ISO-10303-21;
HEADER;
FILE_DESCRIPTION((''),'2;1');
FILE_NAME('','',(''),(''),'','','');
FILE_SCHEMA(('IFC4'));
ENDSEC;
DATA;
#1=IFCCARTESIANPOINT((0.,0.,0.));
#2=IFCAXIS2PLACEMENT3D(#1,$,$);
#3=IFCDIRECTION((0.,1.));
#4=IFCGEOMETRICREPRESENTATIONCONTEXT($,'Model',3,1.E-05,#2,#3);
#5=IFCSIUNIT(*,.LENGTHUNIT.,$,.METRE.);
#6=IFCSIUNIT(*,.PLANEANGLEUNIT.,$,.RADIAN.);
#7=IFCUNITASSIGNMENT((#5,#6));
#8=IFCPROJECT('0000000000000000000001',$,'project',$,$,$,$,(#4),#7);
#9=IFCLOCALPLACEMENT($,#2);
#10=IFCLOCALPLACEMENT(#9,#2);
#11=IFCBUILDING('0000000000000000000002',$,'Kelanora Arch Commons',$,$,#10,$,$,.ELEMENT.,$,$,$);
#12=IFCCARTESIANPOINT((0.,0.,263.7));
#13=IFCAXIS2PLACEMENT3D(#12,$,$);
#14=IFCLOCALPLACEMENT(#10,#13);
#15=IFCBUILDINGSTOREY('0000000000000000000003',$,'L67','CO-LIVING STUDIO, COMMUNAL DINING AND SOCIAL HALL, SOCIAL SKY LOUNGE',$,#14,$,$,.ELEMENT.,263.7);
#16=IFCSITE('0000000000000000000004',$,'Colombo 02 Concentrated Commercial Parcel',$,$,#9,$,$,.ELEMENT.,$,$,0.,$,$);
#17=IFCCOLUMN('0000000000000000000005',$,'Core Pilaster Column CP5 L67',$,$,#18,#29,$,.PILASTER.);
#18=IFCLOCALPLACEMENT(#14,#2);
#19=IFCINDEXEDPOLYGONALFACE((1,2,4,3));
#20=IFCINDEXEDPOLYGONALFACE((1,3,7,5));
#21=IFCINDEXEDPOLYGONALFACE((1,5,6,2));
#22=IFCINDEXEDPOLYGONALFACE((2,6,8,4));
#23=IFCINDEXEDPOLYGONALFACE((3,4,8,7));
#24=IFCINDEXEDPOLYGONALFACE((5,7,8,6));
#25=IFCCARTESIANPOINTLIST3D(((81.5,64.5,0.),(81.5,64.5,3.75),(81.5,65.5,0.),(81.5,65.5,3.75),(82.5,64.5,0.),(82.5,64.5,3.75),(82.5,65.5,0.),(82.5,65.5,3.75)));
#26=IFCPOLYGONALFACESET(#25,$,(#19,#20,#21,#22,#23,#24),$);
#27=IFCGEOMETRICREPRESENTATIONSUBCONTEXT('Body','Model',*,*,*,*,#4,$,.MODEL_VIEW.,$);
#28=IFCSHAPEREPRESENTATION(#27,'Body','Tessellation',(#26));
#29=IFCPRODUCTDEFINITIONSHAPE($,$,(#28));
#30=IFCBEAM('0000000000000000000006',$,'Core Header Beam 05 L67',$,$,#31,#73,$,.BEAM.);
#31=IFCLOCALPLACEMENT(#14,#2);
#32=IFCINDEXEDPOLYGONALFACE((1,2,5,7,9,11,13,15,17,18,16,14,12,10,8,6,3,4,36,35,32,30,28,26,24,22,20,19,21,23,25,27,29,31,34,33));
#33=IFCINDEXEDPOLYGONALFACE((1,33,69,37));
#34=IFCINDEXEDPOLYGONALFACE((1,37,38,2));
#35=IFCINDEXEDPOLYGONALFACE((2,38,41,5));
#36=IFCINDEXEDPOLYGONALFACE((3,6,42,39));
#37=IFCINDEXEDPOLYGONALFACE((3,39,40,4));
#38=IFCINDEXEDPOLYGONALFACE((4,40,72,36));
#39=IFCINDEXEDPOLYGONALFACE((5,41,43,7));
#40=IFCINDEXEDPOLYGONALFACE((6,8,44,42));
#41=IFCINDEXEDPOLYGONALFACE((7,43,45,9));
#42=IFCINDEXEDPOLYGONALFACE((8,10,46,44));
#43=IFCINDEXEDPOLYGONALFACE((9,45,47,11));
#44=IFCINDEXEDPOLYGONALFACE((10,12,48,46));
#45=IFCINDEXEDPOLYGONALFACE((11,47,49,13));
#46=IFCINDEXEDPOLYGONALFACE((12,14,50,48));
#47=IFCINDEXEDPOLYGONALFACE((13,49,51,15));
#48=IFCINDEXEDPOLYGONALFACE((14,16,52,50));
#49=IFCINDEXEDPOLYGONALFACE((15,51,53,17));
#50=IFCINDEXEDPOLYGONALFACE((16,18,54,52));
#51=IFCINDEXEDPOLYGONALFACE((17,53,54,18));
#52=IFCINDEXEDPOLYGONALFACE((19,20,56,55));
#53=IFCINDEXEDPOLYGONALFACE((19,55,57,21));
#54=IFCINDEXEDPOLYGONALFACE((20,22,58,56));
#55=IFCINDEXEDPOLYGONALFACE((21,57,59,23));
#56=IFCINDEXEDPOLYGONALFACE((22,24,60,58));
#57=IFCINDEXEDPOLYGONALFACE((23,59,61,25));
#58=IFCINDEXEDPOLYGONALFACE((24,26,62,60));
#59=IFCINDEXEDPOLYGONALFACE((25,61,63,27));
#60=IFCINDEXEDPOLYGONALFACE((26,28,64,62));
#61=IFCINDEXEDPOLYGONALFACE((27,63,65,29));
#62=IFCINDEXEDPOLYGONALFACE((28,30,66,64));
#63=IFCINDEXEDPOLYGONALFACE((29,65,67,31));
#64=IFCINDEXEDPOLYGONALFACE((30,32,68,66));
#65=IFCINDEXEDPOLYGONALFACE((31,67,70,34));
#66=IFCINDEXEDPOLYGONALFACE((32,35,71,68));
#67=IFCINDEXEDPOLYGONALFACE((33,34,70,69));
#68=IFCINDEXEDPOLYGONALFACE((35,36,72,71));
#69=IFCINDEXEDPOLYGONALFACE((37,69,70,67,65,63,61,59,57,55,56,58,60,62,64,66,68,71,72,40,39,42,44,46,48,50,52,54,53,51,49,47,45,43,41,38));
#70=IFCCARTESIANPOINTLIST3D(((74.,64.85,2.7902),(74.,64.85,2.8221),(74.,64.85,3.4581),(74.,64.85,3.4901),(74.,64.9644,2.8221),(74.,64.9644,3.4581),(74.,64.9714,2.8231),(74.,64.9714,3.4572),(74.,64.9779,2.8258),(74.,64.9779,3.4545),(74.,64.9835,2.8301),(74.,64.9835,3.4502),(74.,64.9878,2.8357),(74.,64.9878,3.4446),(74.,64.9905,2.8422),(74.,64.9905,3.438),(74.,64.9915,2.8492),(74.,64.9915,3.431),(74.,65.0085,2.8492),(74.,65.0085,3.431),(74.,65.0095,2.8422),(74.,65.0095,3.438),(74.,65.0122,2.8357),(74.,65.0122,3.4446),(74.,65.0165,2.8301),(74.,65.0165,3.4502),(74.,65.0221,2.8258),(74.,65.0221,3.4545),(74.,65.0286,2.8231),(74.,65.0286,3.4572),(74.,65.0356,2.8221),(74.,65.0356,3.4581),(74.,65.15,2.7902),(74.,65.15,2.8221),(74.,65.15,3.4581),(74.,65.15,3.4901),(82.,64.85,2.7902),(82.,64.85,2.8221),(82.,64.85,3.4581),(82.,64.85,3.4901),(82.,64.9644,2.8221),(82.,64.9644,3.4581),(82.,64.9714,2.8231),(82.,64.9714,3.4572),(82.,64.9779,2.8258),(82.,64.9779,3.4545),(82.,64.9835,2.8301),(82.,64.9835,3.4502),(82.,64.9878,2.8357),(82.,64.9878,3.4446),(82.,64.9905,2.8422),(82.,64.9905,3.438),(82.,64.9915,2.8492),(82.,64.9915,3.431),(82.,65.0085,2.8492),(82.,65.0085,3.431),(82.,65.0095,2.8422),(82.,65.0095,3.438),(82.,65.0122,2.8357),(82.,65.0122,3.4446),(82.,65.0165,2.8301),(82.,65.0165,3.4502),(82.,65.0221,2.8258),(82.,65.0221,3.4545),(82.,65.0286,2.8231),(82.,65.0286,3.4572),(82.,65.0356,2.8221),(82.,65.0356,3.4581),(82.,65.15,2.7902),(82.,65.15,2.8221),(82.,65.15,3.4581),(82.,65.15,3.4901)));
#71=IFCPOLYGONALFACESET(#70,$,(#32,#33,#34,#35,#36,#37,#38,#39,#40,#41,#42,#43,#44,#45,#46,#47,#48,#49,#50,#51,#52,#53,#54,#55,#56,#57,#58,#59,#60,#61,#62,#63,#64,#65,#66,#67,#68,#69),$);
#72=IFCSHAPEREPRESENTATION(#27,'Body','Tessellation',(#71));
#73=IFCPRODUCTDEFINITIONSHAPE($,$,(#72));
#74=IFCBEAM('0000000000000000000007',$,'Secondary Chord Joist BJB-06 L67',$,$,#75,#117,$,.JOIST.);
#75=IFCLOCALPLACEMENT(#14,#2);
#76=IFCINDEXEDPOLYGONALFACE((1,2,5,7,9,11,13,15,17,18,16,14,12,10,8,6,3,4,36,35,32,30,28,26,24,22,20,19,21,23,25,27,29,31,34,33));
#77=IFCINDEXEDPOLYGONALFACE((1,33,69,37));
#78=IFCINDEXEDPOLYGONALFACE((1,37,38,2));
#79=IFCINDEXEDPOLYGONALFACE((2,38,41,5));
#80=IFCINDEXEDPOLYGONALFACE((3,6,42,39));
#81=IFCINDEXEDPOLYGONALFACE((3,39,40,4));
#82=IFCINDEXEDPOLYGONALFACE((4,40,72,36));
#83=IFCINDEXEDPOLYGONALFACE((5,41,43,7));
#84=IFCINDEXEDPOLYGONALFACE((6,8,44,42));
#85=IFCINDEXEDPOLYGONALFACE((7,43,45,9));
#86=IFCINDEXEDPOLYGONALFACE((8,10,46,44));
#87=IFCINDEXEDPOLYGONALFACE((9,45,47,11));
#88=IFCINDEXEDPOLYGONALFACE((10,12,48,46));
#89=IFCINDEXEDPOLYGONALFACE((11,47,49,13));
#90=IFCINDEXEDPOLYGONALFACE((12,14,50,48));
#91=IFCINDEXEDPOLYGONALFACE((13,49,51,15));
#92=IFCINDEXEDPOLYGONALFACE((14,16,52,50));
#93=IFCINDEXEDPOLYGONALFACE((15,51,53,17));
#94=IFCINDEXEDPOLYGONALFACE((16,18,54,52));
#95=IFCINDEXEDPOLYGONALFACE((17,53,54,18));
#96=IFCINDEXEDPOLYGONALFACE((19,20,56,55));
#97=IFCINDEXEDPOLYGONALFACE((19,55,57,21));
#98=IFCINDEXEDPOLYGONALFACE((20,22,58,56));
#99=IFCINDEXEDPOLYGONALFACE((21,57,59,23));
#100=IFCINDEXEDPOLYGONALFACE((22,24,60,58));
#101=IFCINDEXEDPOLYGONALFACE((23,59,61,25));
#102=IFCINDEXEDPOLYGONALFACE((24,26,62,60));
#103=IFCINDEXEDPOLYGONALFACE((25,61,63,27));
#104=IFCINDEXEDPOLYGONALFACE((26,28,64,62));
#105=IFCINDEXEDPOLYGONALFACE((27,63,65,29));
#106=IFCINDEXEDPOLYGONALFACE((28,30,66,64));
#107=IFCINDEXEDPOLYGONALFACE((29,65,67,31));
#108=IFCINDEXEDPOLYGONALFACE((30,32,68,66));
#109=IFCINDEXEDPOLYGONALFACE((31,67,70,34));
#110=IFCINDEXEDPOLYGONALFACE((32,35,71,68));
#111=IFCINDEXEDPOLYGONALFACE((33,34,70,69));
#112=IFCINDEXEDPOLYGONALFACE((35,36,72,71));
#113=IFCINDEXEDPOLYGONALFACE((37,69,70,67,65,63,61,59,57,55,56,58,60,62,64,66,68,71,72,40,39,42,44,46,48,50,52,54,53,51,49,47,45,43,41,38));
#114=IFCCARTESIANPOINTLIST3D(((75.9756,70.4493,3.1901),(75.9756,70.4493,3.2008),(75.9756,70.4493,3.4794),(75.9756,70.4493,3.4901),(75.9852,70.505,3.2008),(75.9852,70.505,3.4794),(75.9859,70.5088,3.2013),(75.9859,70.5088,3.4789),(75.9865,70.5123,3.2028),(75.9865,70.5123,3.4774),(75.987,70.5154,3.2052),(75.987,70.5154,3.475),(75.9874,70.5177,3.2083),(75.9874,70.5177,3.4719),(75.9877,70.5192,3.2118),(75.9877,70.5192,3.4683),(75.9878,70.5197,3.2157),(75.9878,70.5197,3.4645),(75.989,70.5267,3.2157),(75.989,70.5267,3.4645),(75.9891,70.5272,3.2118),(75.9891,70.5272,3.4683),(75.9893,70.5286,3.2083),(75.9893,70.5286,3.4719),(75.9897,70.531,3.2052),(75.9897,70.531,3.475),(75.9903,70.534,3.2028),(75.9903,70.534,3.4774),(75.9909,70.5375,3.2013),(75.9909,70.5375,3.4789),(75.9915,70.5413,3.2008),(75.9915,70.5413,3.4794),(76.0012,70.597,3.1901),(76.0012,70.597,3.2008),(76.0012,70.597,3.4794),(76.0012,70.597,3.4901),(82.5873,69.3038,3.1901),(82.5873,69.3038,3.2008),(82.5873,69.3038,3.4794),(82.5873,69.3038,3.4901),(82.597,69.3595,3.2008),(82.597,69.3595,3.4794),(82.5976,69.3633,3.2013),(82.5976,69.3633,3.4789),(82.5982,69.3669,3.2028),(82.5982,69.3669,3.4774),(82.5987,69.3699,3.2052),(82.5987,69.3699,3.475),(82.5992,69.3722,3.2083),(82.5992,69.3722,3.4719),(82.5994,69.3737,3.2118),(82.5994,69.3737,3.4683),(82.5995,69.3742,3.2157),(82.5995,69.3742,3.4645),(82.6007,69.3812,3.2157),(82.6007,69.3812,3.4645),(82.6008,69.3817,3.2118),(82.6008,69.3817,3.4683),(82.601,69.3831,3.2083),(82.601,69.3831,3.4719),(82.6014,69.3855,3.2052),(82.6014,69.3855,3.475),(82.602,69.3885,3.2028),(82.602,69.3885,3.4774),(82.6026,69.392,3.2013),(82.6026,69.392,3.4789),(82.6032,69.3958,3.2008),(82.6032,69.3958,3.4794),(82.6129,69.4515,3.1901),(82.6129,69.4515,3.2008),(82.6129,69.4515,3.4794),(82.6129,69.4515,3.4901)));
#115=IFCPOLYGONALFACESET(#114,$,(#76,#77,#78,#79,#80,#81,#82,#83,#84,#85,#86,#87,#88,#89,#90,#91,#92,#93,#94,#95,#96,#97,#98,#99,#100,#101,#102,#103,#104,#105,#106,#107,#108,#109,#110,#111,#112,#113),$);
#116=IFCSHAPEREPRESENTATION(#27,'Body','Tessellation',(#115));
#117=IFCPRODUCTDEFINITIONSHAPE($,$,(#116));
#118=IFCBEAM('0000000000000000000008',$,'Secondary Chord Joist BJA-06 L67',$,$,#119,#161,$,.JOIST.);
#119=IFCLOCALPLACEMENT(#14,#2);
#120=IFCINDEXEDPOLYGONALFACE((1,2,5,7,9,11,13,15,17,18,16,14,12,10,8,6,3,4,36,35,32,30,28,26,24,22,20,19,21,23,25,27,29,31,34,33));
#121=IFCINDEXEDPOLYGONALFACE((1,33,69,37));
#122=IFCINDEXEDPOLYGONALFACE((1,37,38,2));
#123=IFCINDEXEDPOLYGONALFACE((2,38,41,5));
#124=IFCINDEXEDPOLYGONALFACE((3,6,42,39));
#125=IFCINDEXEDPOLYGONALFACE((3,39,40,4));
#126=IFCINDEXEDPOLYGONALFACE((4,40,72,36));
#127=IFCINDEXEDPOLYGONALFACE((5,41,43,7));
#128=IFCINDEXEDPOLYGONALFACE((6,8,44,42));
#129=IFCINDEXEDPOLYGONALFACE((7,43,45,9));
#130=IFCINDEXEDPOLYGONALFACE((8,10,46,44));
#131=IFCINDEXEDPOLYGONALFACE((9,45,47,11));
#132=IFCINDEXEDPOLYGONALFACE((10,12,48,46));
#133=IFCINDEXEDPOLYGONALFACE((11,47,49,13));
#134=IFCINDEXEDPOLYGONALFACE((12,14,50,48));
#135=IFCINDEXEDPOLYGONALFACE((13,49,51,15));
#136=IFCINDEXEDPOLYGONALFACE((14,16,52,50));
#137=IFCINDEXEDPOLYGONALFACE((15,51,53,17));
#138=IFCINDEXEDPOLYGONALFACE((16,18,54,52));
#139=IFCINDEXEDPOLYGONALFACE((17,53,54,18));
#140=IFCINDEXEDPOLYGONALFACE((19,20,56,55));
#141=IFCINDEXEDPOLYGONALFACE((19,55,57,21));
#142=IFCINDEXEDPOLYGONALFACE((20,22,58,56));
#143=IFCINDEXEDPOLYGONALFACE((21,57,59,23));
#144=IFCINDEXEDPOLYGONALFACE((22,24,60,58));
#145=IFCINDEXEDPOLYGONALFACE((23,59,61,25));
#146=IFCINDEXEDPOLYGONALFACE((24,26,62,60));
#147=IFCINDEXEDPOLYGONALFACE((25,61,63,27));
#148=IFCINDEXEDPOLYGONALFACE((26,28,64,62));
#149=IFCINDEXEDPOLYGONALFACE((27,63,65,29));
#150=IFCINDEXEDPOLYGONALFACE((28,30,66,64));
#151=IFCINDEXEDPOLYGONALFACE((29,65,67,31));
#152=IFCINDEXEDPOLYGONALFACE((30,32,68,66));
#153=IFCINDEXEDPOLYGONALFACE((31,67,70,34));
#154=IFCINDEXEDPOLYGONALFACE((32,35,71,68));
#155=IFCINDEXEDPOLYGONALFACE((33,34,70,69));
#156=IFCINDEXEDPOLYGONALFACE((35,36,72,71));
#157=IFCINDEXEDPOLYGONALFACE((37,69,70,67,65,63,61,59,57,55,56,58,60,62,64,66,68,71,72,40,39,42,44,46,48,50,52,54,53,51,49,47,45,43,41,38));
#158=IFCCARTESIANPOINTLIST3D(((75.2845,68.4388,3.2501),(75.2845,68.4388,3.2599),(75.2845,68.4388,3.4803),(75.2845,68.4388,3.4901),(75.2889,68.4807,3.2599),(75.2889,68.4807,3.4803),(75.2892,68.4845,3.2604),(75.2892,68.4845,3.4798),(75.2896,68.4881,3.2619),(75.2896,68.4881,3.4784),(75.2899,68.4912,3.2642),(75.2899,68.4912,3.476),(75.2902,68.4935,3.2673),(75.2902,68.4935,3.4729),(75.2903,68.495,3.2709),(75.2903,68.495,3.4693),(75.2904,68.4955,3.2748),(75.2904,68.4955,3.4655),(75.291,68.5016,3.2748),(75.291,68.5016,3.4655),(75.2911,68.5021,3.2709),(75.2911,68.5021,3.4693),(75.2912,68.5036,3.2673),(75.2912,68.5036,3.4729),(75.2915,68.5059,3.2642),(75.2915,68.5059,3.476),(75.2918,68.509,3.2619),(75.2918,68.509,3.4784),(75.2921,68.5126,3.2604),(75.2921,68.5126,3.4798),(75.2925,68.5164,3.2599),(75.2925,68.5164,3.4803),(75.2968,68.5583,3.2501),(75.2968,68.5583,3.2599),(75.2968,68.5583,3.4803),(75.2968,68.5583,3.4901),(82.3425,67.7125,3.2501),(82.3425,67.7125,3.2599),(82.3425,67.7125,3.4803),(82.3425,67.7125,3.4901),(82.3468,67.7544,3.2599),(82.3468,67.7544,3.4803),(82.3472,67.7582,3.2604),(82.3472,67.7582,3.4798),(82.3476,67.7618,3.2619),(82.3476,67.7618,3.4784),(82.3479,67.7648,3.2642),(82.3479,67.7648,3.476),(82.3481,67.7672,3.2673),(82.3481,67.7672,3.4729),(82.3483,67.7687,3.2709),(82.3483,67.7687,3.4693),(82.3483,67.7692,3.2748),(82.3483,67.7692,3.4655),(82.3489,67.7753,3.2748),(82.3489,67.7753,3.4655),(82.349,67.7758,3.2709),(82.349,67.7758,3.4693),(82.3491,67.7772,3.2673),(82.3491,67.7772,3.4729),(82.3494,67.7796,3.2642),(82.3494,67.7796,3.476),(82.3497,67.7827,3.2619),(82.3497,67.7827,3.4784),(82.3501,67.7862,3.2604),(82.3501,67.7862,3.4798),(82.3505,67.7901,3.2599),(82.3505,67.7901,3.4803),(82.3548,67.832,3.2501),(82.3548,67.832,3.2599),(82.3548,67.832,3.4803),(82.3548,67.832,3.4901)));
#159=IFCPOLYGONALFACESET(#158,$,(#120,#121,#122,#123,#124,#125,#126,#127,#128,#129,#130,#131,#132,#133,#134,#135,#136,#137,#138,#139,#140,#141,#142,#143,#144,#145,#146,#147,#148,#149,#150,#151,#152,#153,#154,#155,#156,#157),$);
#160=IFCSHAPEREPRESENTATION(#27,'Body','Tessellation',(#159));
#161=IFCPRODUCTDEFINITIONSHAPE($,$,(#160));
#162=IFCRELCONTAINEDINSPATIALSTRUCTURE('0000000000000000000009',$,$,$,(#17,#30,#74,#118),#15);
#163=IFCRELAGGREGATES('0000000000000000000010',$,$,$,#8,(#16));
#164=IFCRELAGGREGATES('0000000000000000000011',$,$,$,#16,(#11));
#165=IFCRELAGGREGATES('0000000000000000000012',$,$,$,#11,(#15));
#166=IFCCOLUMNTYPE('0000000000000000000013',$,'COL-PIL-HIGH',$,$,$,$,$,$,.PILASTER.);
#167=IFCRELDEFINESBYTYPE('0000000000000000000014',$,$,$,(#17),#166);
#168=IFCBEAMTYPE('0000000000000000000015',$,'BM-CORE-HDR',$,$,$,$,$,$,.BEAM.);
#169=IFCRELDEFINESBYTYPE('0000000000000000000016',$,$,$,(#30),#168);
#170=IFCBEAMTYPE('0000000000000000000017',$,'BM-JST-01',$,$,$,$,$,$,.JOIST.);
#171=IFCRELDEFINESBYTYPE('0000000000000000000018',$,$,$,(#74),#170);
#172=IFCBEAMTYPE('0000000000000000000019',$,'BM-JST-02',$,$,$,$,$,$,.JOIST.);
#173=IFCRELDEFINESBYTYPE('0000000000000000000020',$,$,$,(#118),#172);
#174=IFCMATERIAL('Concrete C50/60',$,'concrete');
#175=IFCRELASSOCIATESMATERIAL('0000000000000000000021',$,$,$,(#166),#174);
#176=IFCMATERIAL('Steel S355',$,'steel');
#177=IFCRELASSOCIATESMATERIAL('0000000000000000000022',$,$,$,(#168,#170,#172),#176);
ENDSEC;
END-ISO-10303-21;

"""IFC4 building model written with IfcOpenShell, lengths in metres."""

from ifc_helpers import new_model, si_unit, direction, frame, origin, origin_2d, place, context, subcontext, project, spatial, rectangle, i_section, extrude, material, material_profile, profile_set, type_object, element, save


model = new_model("IFC4")

# Units and contexts
model_context = context("Model", 3, precision=1e-05, world=origin(), true_north=direction((0.0, 1.0)))
body_context = subcontext(model_context, "Body", "Model", "MODEL_VIEW")
ifc_project = project(units=[si_unit("LENGTHUNIT", "METRE"), si_unit("PLANEANGLEUNIT", "RADIAN")], contexts=[model_context])

# Site, building, storey
site_placement = place(None, origin())
site = spatial("IfcSite", under=ifc_project, at=site_placement, Name="Colombo 02 Concentrated Commercial Parcel", CompositionType="ELEMENT", RefElevation=0.0)
building_placement = place(site_placement, origin())
building = spatial("IfcBuilding", under=site, at=building_placement, Name="Kelanora Arch Commons", CompositionType="ELEMENT")
storey_placement = place(building_placement, frame((0.0, 0.0, 263.7)))
storey = spatial("IfcBuildingStorey", under=building, at=storey_placement, Name="L67", Description="CO-LIVING STUDIO, COMMUNAL DINING AND SOCIAL HALL, SOCIAL SKY LOUNGE", CompositionType="ELEMENT", Elevation=263.7)

# Column
ifc_material_1 = material(Name="Concrete C50/60", Category="concrete")
ifc_material_profile_1 = material_profile(ifc_material_1, rectangle(XDim=1.0, YDim=1.0, at=origin_2d()), Name="RC1000x1000")
ifc_profile_set_1 = profile_set([ifc_material_profile_1], Name="Concrete C50/60")
column_type = type_object("IfcColumnType", Name="COL-PIL-HIGH", PredefinedType="PILASTER", material=ifc_profile_set_1)
column_placement = place(storey_placement, frame((82.0, 65.0, 0.0), z_axis=(0.0, 0.0, 1.0), x_axis=(1.0, 0.0, 0.0)))
element("IfcColumn", 1, at=column_placement, inside=storey, type_object=column_type, Name="Core Pilaster Column CP5 L67", PredefinedType="PILASTER", context=body_context, shape_type="SweptSolid", body=[
    extrude(rectangle(XDim=1.0, YDim=1.0, at=origin_2d()), origin(), (0.0, 0.0, 1.0), 3.75),
])

# Beams
ifc_material_2 = material(Name="Steel S355", Category="steel")
ifc_material_profile_2 = material_profile(ifc_material_2, i_section(OverallWidth=0.3, OverallDepth=0.7, WebThickness=0.0171, FlangeThickness=0.032, FilletRadius=0.0271, at=origin_2d()), Name="HEB700")
ifc_profile_set_2 = profile_set([ifc_material_profile_2], Name="Steel S355")
beam_type_1 = type_object("IfcBeamType", Name="BM-CORE-HDR", PredefinedType="BEAM", material=ifc_profile_set_2)
beam_1_placement = place(storey_placement, frame((82.0, 65.0, 3.1401), z_axis=(-1.0, 0.0, 0.0), x_axis=(0.0, -1.0, 0.0)))
element("IfcBeam", 2, at=beam_1_placement, inside=storey, type_object=beam_type_1, Name="Core Header Beam 05 L67", PredefinedType="BEAM", context=body_context, shape_type="SweptSolid", body=[
    extrude(i_section(OverallWidth=0.3, OverallDepth=0.7, WebThickness=0.0171, FlangeThickness=0.032, FilletRadius=0.0271, at=origin_2d()), origin(), (0.0, 0.0, 1.0), 8.0),
])
ifc_material_profile_3 = material_profile(ifc_material_2, i_section(OverallWidth=0.1499, OverallDepth=0.3, WebThickness=0.0071, FlangeThickness=0.0107, FilletRadius=0.0149, at=origin_2d()), Name="IPE300")
ifc_profile_set_3 = profile_set([ifc_material_profile_3], Name="Steel S355")
beam_type_2 = type_object("IfcBeamType", Name="BM-JST-01", PredefinedType="JOIST", material=ifc_profile_set_3)
beam_2_placement = place(storey_placement, frame((82.6001, 69.3777, 3.3401), z_axis=(-0.985322, 0.170709, 0.0), x_axis=(-0.170709, -0.985322, 0.0)))
element("IfcBeam", 3, at=beam_2_placement, inside=storey, type_object=beam_type_2, Name="Secondary Chord Joist BJB-06 L67", PredefinedType="JOIST", context=body_context, shape_type="SweptSolid", body=[
    extrude(i_section(OverallWidth=0.1499, OverallDepth=0.3, WebThickness=0.0071, FlangeThickness=0.0107, FilletRadius=0.0149, at=origin_2d()), origin(), (0.0, 0.0, 1.0), 6.7102),
])
ifc_material_profile_4 = material_profile(ifc_material_2, i_section(OverallWidth=0.1201, OverallDepth=0.24, WebThickness=0.0061, FlangeThickness=0.0098, FilletRadius=0.0149, at=origin_2d()), Name="IPE240")
ifc_profile_set_4 = profile_set([ifc_material_profile_4], Name="Steel S355")
beam_type_3 = type_object("IfcBeamType", Name="BM-JST-02", PredefinedType="JOIST", material=ifc_profile_set_4)
beam_3_placement = place(storey_placement, frame((82.3486, 67.7722, 3.3701), z_axis=(-0.994747, 0.102369, 0.0), x_axis=(-0.102369, -0.994747, 0.0)))
element("IfcBeam", 4, at=beam_3_placement, inside=storey, type_object=beam_type_3, Name="Secondary Chord Joist BJA-06 L67", PredefinedType="JOIST", context=body_context, shape_type="SweptSolid", body=[
    extrude(i_section(OverallWidth=0.1201, OverallDepth=0.24, WebThickness=0.0061, FlangeThickness=0.0098, FilletRadius=0.0149, at=origin_2d()), origin(), (0.0, 0.0, 1.0), 7.0952),
])

save(model, "model.ifc")
